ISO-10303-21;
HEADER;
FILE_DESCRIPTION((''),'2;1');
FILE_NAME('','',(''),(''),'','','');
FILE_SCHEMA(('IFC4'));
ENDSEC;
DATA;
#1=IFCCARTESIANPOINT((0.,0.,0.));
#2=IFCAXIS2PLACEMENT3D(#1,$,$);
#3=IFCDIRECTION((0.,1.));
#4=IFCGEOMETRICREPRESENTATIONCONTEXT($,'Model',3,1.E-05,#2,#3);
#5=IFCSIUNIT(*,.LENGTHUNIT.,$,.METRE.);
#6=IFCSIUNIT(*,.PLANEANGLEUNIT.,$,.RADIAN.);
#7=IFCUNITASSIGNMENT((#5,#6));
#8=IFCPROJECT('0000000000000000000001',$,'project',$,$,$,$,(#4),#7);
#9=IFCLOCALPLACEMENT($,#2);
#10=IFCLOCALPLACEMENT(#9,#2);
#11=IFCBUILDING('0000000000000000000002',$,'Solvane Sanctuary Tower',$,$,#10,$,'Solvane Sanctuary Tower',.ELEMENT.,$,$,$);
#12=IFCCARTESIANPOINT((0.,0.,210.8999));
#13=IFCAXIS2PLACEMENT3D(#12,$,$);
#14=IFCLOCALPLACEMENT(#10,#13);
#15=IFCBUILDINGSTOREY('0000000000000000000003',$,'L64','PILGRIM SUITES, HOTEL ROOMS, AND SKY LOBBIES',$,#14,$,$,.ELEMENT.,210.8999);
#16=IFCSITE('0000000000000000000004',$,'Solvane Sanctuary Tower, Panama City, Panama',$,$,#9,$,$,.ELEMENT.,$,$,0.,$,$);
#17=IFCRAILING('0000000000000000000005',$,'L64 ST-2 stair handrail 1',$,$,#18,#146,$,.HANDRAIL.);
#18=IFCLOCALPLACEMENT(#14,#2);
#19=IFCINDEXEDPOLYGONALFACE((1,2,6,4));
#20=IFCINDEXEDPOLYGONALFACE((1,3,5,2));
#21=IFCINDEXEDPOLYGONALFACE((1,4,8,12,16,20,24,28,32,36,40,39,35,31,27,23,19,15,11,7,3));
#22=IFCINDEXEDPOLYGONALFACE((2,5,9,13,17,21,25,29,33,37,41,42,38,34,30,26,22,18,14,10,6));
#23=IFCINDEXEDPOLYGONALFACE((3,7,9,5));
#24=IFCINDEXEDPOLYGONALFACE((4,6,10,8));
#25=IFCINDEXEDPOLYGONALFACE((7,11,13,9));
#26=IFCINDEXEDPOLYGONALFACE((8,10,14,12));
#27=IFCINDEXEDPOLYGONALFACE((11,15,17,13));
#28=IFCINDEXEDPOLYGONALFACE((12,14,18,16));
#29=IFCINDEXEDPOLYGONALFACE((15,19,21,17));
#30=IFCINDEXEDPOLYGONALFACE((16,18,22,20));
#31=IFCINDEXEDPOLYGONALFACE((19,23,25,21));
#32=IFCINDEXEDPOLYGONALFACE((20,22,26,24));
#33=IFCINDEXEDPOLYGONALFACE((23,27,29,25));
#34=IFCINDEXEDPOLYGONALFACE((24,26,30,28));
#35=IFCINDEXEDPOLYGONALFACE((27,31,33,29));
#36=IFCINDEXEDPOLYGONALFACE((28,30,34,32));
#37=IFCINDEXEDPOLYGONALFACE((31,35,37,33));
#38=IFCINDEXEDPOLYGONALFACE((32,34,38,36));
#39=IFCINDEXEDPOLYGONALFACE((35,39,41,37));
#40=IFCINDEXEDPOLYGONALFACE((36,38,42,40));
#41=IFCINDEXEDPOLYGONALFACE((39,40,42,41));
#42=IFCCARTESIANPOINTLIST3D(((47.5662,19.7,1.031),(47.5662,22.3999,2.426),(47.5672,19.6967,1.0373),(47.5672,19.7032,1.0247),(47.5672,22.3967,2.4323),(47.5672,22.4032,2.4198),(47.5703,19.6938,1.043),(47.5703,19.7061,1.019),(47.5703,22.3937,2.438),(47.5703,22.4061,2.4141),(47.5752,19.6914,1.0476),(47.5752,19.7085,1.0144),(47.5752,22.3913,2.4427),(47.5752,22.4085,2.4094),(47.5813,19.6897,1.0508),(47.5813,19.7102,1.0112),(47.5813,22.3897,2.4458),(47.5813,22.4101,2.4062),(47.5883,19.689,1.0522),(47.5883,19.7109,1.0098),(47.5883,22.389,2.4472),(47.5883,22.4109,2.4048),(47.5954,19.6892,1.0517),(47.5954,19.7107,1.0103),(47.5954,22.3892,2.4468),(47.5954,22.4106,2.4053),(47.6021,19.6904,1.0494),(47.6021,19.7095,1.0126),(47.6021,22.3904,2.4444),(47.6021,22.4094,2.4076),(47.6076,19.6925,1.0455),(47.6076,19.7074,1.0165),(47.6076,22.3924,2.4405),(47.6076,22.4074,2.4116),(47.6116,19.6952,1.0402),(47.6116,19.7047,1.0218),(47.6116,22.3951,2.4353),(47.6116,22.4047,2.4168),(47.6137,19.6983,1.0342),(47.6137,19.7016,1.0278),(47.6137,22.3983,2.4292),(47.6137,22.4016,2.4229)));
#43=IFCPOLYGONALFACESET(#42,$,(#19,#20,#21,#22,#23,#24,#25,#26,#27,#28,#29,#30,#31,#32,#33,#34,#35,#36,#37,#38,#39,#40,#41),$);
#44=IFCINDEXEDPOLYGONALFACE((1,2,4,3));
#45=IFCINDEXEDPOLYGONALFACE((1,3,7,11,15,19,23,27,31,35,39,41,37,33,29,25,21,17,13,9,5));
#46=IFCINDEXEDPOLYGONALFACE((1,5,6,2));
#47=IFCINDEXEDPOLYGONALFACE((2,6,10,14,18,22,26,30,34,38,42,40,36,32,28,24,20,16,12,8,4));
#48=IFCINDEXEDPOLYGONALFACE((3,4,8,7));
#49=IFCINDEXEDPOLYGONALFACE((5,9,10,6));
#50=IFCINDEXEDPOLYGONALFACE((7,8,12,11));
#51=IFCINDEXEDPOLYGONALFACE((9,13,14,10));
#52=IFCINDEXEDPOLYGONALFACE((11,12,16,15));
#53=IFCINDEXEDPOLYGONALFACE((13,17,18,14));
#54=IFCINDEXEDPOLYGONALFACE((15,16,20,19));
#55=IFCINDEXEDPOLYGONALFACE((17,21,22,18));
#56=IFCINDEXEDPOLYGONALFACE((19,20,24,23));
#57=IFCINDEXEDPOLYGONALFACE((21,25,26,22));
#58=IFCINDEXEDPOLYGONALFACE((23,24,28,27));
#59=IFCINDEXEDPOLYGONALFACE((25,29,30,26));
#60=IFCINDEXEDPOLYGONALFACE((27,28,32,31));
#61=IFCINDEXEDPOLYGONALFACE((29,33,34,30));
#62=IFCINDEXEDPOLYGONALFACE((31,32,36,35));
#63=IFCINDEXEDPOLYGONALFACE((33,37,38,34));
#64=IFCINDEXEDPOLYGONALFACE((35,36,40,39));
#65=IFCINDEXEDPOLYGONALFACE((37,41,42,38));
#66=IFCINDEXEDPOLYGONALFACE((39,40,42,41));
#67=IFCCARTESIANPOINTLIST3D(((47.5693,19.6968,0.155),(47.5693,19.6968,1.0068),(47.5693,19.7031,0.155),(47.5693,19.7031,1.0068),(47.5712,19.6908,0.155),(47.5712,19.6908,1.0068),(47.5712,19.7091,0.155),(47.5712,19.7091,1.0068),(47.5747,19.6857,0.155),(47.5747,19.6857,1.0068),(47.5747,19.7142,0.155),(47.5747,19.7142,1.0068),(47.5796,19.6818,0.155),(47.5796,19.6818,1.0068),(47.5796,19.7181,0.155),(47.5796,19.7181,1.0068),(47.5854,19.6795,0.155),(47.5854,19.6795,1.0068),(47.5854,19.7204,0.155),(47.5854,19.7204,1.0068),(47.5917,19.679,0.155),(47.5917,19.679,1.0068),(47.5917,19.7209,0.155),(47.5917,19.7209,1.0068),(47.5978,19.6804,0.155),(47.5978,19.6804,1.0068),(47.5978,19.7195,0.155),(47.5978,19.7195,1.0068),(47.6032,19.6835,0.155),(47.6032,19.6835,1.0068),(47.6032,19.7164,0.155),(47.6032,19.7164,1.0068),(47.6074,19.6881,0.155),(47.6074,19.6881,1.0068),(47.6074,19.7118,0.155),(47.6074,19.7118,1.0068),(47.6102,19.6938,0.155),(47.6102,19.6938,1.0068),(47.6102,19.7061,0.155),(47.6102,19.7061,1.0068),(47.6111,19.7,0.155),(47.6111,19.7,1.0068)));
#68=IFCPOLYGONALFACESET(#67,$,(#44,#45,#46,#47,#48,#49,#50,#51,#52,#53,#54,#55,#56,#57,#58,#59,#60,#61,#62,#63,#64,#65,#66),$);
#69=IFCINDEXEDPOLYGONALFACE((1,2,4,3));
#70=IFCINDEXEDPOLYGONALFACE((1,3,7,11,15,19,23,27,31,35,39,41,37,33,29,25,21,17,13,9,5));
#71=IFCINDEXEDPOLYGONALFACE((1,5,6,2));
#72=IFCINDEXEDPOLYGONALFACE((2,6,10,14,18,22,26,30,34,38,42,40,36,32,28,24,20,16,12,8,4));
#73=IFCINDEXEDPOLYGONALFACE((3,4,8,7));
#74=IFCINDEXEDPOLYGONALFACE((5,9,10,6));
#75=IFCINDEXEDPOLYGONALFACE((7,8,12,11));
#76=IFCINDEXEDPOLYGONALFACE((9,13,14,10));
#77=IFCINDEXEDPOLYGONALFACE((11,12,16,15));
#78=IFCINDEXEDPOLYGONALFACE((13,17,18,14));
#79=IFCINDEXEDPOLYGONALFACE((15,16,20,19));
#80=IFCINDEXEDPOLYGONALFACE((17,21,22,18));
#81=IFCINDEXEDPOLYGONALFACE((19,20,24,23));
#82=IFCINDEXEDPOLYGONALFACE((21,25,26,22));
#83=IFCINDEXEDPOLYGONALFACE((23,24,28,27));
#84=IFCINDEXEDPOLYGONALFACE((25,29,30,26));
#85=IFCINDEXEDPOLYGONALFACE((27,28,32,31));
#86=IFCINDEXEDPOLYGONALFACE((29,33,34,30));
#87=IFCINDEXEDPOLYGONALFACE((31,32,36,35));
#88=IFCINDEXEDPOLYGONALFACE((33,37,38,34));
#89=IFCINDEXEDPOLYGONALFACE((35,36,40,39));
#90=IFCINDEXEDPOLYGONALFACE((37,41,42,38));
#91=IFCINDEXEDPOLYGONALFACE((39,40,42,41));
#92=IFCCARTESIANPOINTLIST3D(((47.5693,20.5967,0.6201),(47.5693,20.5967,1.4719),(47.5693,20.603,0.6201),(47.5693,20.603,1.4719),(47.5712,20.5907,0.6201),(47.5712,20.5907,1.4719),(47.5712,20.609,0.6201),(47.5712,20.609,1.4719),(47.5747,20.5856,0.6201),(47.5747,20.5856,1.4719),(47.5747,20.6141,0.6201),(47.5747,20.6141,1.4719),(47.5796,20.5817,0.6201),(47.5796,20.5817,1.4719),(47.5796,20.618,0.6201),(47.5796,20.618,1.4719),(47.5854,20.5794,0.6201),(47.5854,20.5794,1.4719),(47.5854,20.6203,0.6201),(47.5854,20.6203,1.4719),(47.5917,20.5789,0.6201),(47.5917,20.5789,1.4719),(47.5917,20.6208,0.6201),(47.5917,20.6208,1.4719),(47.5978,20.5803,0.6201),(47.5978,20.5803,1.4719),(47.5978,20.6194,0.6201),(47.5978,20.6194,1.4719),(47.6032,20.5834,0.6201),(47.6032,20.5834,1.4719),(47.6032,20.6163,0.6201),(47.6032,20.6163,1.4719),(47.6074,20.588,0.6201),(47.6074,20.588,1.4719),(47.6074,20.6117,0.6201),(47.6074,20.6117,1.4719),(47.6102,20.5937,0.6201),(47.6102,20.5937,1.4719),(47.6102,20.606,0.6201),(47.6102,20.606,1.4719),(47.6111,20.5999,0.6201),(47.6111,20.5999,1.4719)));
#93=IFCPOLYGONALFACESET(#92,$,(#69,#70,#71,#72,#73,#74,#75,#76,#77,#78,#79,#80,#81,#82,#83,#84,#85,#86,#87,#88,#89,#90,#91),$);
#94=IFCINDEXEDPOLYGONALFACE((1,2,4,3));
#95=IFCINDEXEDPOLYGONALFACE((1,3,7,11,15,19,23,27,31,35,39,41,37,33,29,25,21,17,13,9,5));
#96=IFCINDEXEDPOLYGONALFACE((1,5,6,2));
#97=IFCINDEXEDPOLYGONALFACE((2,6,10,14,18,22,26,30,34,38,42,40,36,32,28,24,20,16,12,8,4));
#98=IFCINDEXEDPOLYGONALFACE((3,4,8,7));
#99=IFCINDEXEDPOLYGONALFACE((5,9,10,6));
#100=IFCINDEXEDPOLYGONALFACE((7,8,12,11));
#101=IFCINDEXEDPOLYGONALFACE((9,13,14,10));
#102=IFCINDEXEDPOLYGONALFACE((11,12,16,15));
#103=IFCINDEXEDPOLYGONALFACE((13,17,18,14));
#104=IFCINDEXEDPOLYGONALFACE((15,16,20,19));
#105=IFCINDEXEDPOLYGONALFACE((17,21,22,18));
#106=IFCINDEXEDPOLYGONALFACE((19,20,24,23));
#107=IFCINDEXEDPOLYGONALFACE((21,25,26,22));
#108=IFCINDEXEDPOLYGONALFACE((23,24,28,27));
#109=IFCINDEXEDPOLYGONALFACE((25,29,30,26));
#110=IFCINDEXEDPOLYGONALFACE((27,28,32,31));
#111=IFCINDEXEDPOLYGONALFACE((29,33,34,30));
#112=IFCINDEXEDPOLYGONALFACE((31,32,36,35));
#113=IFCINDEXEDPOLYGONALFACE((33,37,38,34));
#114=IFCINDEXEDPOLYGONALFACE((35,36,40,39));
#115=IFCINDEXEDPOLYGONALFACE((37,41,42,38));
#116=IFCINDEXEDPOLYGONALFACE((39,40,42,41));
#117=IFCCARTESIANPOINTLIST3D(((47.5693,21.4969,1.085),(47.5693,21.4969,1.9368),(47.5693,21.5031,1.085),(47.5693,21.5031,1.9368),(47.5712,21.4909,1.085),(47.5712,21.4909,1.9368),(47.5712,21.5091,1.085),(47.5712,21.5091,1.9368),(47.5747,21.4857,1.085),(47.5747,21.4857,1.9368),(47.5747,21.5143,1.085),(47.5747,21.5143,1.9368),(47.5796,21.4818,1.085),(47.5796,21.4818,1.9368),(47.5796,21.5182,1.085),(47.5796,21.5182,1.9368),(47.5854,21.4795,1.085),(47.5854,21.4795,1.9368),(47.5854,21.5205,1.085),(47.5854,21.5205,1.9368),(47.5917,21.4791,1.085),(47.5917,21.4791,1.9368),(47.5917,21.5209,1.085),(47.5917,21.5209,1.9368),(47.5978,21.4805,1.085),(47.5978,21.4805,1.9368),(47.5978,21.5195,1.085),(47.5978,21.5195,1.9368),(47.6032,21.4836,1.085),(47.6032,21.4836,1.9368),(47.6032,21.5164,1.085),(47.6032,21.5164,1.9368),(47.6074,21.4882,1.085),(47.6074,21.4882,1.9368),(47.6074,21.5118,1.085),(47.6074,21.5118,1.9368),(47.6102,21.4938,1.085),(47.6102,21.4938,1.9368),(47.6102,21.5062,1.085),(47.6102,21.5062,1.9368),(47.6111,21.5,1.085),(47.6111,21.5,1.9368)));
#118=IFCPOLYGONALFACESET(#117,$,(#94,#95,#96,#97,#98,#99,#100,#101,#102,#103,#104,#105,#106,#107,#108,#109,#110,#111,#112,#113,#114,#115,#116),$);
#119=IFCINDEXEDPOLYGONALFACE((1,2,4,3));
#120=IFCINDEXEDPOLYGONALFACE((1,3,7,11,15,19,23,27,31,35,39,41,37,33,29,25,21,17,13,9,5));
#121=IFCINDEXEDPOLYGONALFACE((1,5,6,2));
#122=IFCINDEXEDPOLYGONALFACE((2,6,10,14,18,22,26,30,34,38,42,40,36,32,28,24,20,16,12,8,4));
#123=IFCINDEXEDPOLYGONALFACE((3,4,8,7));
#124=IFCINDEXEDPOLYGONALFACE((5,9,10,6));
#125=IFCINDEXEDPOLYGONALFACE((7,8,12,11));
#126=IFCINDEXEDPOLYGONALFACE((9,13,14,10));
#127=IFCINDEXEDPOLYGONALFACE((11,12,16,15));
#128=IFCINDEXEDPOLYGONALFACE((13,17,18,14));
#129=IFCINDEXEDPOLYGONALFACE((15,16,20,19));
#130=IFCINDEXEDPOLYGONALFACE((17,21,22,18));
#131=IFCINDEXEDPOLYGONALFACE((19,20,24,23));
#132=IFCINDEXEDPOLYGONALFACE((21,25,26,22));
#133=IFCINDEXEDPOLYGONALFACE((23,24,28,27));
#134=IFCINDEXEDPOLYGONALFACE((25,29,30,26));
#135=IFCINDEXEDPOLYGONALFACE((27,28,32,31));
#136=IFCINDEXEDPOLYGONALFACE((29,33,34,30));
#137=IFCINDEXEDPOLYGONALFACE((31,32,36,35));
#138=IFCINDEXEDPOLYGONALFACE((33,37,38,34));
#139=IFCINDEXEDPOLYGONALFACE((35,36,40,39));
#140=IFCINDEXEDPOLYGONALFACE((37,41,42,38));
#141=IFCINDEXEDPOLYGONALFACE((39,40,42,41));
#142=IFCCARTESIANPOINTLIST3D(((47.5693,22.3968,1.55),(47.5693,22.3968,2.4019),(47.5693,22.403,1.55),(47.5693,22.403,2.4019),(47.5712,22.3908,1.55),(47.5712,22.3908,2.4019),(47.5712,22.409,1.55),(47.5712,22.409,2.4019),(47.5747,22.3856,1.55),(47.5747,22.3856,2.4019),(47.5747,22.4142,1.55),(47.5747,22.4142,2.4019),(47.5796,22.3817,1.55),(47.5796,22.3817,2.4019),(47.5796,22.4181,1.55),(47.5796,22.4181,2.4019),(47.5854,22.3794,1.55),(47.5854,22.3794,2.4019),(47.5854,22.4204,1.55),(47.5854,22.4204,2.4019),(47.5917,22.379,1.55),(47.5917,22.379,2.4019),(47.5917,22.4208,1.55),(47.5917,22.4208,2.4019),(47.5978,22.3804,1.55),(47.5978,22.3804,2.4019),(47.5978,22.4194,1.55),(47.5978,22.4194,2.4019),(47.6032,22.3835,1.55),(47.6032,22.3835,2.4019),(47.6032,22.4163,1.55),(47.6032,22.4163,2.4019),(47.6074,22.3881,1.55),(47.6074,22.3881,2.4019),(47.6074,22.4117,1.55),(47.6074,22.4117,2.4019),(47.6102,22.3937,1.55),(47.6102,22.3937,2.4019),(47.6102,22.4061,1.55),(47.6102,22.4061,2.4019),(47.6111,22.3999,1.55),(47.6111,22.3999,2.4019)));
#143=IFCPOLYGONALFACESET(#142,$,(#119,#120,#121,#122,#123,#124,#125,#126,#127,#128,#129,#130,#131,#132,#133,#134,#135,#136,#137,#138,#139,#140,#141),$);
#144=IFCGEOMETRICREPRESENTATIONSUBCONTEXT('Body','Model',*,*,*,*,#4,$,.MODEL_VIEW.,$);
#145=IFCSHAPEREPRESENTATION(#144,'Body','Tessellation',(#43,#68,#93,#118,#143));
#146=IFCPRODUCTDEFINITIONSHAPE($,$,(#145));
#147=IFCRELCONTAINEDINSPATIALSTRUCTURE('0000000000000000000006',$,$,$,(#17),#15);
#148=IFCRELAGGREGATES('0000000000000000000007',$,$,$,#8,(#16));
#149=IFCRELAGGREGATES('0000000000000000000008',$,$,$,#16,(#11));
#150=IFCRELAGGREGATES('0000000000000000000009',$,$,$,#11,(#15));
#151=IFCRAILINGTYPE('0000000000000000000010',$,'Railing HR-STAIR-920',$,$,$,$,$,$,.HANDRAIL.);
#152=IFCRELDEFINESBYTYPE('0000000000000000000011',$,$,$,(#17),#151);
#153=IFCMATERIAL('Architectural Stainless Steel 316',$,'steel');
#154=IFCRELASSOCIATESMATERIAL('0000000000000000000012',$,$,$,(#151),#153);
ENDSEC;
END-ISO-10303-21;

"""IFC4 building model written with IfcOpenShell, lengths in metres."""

from ifc_helpers import new_model, si_unit, direction, frame, origin, origin_2d, place, context, subcontext, project, spatial, circle, extrude, material, type_object, element, save


model = new_model("IFC4")

# Units and contexts
model_context = context("Model", 3, precision=1e-05, world=origin(), true_north=direction((0.0, 1.0)))
body_context = subcontext(model_context, "Body", "Model", "MODEL_VIEW")
ifc_project = project(units=[si_unit("LENGTHUNIT", "METRE"), si_unit("PLANEANGLEUNIT", "RADIAN")], contexts=[model_context])

# Site, building, storey
site_placement = place(None, origin())
site = spatial("IfcSite", under=ifc_project, at=site_placement, Name="Solvane Sanctuary Tower, Panama City, Panama", CompositionType="ELEMENT", RefElevation=0.0)
building_placement = place(site_placement, origin())
building = spatial("IfcBuilding", under=site, at=building_placement, Name="Solvane Sanctuary Tower", LongName="Solvane Sanctuary Tower", CompositionType="ELEMENT")
storey_placement = place(building_placement, frame((0.0, 0.0, 210.8999)))
storey = spatial("IfcBuildingStorey", under=building, at=storey_placement, Name="L64", Description="PILGRIM SUITES, HOTEL ROOMS, AND SKY LOBBIES", CompositionType="ELEMENT", Elevation=210.8999)

# Shared definitions
ifc_material_1 = material(Name="Architectural Stainless Steel 316", Category="steel")

# Railing
railing_type_1 = type_object("IfcRailingType", Name="Railing HR-STAIR-920", PredefinedType="HANDRAIL", material=ifc_material_1)
railing_1_placement = place(storey_placement, frame((47.5901, 19.7, 0.155)))
element("IfcRailing", 1, at=railing_1_placement, inside=storey, type_object=railing_type_1, Name="L64 ST-2 stair handrail 1", PredefinedType="HANDRAIL", context=body_context, shape_type="SweptSolid", body=[
    extrude(circle(Radius=0.0239, at=origin_2d()), frame((0.0, 0.0, 0.876), z_axis=(0.0, 0.88842, 0.459032), x_axis=(-1.0, 0.0, 0.0)), (0.0, 0.0, 1.0), 3.0391),
    extrude(circle(Radius=0.021, at=origin_2d()), origin(), (0.0, 0.0, 1.0), 0.8518),
    extrude(circle(Radius=0.021, at=origin_2d()), frame((0.0, 0.8999, 0.4651)), (0.0, 0.0, 1.0), 0.8518),
    extrude(circle(Radius=0.021, at=origin_2d()), frame((0.0, 1.8, 0.9299)), (0.0, 0.0, 1.0), 0.8518),
    extrude(circle(Radius=0.021, at=origin_2d()), frame((0.0, 2.7, 1.395)), (0.0, 0.0, 1.0), 0.8518),
])

save(model, "model.ifc")
